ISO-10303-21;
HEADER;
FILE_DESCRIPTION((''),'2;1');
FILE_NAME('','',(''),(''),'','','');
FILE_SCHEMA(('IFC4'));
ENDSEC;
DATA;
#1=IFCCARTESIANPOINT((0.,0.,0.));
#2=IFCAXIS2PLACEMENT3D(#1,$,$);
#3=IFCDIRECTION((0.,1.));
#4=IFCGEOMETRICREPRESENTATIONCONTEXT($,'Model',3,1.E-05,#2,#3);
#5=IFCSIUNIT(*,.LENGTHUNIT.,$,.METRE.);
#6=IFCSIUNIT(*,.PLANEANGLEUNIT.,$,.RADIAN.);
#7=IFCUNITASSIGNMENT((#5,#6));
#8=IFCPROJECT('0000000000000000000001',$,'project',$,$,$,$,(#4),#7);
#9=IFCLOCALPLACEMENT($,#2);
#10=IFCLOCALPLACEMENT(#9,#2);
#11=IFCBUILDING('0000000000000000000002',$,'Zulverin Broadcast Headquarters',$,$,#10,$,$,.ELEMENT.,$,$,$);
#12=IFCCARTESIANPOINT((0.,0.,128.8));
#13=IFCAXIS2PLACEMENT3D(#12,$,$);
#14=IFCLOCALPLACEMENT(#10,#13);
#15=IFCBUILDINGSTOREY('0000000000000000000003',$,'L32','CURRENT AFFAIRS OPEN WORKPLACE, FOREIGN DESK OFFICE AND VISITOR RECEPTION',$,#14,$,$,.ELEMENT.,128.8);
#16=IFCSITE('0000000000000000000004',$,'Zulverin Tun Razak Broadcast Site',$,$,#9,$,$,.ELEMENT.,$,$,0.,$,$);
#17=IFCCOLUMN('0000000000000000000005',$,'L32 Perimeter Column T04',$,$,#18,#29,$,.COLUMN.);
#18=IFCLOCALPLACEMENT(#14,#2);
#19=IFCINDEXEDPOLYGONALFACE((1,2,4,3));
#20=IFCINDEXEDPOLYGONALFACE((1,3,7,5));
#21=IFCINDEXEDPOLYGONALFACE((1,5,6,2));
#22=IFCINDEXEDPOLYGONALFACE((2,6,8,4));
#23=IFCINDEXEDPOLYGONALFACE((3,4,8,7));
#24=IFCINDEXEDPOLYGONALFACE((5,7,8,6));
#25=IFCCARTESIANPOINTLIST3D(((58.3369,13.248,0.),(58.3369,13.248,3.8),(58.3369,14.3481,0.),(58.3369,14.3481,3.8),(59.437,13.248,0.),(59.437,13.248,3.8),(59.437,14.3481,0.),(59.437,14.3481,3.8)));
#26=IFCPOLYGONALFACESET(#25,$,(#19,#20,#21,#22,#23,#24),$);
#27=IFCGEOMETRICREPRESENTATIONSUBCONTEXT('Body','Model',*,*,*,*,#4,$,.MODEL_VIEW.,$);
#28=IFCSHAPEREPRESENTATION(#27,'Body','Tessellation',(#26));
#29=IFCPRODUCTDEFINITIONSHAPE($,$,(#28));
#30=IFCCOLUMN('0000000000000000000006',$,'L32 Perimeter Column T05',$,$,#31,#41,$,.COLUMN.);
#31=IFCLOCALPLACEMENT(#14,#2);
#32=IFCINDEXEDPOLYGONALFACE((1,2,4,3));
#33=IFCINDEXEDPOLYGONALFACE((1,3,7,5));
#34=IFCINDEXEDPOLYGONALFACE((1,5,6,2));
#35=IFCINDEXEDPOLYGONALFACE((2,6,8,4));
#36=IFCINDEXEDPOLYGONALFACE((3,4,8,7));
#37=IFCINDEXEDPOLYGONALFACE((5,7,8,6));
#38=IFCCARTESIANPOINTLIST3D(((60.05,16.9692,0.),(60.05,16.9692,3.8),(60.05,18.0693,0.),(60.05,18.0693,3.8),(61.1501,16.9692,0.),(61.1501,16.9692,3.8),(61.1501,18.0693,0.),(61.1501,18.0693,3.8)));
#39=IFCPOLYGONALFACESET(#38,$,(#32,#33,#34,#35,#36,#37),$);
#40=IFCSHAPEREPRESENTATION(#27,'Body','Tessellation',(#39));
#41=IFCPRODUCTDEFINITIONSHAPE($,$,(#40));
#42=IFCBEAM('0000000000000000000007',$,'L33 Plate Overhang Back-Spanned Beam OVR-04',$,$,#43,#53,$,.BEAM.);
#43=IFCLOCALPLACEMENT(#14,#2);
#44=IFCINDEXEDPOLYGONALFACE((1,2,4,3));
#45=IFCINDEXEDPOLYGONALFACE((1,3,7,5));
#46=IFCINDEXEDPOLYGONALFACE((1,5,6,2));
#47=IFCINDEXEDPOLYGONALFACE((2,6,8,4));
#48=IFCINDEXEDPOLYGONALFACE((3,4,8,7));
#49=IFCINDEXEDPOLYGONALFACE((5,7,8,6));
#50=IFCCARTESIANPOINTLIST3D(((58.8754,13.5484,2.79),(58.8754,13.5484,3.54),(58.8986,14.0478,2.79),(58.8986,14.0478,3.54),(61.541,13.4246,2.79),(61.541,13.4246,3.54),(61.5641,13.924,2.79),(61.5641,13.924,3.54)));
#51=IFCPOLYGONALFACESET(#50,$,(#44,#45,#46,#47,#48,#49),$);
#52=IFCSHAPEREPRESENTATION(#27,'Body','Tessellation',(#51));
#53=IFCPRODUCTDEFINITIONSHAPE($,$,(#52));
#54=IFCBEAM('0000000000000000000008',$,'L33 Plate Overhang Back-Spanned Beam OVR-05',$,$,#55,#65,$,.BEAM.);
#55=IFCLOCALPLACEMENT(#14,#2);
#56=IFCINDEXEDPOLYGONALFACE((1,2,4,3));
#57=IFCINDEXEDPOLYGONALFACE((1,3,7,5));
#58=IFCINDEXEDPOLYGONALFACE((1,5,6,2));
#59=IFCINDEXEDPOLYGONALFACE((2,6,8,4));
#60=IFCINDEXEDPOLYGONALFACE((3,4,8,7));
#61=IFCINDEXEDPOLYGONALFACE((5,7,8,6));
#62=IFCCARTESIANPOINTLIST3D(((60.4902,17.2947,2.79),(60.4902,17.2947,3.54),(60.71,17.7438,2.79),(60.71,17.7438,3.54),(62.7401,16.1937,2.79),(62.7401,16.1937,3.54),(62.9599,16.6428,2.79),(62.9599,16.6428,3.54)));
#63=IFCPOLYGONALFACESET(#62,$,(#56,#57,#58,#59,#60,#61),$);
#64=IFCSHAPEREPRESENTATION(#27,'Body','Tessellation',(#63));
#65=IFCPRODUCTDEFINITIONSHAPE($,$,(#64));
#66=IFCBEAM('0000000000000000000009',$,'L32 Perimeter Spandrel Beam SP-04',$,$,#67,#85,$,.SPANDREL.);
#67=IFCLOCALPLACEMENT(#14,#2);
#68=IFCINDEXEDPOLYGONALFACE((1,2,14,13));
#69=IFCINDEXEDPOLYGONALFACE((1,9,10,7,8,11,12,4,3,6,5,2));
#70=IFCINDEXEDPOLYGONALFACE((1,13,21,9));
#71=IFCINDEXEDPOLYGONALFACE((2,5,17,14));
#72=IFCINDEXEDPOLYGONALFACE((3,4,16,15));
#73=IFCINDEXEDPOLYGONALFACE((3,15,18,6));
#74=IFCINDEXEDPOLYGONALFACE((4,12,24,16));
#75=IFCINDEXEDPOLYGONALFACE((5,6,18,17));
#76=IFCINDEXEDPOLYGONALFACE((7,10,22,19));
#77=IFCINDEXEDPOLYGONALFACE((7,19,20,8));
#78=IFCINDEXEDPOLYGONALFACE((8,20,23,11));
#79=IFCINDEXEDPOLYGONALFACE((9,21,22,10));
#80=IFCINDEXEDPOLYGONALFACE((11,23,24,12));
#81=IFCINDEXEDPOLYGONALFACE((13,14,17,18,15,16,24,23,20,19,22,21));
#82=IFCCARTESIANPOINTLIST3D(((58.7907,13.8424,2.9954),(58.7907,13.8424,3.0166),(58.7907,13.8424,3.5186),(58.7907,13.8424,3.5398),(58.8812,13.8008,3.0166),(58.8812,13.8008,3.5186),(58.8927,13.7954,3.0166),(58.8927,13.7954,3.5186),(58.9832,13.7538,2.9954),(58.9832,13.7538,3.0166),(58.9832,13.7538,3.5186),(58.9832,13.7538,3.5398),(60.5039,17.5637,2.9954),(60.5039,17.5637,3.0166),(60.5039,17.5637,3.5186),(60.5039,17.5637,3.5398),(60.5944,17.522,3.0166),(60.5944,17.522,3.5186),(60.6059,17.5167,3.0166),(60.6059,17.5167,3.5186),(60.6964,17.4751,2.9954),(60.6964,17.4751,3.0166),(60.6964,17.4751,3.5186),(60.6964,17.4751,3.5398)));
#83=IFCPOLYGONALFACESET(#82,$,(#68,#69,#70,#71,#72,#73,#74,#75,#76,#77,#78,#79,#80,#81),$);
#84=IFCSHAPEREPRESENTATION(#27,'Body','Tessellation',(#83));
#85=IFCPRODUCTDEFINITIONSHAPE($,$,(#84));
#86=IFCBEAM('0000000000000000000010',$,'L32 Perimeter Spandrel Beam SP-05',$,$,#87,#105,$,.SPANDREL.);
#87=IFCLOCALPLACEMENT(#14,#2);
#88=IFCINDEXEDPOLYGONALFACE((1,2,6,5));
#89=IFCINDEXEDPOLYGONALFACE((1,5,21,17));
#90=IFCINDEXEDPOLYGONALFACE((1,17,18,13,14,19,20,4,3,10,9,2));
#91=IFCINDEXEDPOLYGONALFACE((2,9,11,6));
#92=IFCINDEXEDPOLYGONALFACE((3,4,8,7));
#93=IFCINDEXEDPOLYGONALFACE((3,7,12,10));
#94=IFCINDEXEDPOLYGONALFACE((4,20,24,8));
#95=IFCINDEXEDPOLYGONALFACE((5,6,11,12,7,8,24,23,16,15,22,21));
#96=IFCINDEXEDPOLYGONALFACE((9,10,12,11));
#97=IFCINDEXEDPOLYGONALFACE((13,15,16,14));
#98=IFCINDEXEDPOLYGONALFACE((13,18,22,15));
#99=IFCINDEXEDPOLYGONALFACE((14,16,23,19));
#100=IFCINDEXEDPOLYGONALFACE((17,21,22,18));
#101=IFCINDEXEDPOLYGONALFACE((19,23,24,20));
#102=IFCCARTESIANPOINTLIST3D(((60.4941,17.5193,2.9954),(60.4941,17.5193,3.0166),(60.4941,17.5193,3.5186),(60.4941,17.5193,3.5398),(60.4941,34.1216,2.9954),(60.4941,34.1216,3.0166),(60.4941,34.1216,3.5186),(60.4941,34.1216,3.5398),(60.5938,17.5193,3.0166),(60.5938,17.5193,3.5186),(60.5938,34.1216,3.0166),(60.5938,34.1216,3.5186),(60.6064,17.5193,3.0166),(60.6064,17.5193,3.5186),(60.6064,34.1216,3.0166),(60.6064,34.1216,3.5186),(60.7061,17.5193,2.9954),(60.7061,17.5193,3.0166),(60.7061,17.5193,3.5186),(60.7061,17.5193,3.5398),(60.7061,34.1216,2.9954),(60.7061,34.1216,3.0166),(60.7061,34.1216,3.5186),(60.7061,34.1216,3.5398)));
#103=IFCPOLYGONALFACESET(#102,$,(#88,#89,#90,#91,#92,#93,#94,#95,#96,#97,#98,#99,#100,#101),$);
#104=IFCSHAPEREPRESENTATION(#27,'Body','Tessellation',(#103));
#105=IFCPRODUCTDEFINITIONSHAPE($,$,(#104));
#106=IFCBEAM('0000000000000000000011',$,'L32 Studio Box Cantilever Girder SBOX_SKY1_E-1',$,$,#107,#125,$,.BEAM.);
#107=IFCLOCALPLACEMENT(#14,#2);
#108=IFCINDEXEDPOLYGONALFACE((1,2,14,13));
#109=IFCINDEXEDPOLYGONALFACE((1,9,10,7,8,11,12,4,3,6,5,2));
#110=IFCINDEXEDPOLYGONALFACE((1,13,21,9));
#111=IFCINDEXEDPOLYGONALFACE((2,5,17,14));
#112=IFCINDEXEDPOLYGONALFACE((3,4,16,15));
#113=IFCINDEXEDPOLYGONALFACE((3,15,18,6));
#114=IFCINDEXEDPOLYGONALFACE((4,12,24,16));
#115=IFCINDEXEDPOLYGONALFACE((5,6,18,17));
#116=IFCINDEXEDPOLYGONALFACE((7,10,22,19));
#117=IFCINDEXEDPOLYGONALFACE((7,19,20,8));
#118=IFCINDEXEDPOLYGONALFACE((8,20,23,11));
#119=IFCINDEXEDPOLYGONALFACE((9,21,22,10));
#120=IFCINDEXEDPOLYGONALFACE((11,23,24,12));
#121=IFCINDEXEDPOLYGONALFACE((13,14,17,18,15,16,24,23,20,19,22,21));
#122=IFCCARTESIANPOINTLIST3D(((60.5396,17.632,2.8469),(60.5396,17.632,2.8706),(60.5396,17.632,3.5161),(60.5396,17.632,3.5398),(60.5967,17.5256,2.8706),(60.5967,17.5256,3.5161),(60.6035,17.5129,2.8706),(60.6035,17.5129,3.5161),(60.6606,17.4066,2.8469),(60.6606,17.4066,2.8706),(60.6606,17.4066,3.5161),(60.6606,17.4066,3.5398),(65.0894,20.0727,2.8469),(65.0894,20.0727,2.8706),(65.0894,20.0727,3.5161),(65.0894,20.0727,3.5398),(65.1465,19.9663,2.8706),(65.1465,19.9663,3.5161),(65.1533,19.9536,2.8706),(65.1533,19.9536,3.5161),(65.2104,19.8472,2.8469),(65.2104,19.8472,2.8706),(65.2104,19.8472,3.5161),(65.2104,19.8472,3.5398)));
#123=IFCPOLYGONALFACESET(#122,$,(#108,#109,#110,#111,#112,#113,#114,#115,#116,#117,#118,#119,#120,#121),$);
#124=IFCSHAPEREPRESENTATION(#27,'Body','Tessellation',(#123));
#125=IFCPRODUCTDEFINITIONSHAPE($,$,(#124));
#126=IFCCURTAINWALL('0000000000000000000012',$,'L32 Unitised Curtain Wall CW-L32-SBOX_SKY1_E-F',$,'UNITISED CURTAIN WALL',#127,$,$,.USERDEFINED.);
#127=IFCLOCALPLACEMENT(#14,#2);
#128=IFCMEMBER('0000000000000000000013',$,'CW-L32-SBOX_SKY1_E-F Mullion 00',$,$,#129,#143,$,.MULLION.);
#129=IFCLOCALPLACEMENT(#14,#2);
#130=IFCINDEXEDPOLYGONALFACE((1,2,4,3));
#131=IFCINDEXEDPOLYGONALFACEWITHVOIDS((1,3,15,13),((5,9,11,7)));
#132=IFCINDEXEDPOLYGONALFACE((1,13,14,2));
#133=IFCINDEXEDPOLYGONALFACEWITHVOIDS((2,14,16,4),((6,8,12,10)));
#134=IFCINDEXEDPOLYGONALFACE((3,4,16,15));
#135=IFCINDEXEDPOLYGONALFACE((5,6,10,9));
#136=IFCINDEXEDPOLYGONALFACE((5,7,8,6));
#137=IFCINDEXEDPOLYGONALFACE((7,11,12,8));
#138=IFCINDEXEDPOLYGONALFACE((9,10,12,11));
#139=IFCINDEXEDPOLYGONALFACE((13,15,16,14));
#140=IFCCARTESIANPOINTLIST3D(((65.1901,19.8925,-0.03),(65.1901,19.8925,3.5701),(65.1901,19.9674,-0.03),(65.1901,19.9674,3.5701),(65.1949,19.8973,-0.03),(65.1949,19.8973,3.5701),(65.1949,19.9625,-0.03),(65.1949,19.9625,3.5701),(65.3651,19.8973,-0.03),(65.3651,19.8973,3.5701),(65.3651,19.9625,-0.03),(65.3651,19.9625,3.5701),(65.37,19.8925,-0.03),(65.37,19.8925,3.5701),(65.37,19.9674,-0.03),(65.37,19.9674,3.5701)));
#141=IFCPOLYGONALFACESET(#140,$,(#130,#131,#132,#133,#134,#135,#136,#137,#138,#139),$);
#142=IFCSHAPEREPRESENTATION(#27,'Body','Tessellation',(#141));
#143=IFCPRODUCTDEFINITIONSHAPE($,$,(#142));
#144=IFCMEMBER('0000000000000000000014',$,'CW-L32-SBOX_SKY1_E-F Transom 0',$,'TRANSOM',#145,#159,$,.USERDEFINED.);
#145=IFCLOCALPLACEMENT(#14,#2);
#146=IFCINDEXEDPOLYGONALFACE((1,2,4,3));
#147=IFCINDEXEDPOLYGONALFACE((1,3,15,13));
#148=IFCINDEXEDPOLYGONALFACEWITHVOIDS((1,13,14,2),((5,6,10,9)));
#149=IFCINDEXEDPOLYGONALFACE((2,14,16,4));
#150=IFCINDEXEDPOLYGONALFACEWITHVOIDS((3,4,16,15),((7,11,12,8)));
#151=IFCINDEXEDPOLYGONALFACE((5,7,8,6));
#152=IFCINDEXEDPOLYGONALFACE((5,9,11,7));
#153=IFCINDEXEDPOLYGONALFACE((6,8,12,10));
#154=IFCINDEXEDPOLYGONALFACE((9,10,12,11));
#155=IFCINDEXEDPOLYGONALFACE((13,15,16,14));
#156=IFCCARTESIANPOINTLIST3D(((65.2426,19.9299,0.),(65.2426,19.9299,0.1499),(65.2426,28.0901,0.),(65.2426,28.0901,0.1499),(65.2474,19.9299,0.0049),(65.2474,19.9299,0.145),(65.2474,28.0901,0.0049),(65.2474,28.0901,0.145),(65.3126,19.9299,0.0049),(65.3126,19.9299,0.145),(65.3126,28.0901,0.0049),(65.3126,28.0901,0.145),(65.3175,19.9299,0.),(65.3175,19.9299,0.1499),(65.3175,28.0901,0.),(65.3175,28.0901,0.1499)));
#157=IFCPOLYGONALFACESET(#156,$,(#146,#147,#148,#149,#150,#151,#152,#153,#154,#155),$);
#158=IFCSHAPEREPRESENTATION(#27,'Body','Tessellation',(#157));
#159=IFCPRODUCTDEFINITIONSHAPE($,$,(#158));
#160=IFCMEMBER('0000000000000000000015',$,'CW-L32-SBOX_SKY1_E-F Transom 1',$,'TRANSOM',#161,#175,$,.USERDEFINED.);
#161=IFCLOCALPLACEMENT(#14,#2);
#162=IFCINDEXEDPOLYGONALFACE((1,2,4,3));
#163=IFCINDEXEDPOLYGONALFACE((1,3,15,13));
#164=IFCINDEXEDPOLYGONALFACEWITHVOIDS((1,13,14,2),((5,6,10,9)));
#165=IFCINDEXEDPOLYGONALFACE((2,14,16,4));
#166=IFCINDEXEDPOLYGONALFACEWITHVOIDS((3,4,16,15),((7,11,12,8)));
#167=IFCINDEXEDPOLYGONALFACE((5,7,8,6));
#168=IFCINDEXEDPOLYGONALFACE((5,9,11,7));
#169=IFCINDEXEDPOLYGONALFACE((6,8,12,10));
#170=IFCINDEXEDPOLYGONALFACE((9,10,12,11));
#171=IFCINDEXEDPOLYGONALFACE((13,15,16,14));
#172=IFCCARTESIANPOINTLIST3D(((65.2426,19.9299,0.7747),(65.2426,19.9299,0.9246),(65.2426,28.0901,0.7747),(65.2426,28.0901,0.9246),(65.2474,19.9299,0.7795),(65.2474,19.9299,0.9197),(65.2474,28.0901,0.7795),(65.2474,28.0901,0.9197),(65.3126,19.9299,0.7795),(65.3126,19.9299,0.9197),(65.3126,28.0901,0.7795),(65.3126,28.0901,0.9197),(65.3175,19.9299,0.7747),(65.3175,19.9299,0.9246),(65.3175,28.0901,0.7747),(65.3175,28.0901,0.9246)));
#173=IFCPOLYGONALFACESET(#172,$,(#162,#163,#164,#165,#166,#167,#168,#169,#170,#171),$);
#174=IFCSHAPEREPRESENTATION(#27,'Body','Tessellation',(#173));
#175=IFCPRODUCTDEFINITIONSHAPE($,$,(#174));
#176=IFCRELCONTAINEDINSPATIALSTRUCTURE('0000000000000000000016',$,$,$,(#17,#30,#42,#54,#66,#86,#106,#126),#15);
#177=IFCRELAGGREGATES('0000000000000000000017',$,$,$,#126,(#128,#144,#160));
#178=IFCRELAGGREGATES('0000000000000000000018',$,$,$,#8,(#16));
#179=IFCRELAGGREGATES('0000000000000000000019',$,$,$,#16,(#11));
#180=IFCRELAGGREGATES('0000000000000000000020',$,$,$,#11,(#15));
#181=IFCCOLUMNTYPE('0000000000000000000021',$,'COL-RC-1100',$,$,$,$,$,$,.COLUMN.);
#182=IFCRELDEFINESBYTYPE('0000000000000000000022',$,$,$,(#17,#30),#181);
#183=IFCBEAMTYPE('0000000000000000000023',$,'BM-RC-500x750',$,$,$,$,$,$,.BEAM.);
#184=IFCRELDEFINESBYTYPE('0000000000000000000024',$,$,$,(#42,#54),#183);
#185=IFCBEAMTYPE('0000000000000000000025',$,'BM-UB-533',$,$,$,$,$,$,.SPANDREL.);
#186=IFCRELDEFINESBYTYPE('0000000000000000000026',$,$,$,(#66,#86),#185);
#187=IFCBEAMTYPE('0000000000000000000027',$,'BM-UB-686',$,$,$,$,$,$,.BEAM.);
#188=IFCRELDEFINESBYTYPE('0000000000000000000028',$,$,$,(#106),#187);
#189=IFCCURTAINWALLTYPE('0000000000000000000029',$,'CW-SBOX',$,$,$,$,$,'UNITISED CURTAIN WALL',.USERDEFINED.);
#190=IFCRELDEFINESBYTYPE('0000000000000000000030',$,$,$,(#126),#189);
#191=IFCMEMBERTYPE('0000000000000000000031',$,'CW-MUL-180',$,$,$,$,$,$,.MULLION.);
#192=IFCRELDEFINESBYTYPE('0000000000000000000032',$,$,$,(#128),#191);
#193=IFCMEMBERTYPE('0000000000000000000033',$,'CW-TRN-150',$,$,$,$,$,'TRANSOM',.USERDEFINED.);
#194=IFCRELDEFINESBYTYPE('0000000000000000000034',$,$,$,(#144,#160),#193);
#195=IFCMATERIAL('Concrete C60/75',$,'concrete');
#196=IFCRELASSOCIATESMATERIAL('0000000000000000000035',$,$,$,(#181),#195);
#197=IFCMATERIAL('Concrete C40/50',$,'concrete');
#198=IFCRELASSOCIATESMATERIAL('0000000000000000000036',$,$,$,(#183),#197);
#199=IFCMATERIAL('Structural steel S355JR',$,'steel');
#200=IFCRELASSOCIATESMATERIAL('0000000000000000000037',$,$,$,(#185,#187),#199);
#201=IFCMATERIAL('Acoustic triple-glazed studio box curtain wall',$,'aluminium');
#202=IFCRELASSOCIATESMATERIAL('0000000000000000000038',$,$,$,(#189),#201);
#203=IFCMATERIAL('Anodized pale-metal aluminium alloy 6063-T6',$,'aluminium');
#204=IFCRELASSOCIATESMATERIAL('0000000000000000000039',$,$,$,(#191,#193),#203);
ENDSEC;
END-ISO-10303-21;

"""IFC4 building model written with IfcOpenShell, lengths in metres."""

from ifc_helpers import new_model, si_unit, direction, frame, origin, origin_2d, place, context, subcontext, project, spatial, rectangle, hollow_rectangle, i_section, extrude, material, material_profile, profile_set, type_object, element, aggregate, save


model = new_model("IFC4")

# Units and contexts
model_context = context("Model", 3, precision=1e-05, world=origin(), true_north=direction((0.0, 1.0)))
body_context = subcontext(model_context, "Body", "Model", "MODEL_VIEW")
ifc_project = project(units=[si_unit("LENGTHUNIT", "METRE"), si_unit("PLANEANGLEUNIT", "RADIAN")], contexts=[model_context])

# Site, building, storey
site_placement = place(None, origin())
site = spatial("IfcSite", under=ifc_project, at=site_placement, Name="Zulverin Tun Razak Broadcast Site", CompositionType="ELEMENT", RefElevation=0.0)
building_placement = place(site_placement, origin())
building = spatial("IfcBuilding", under=site, at=building_placement, Name="Zulverin Broadcast Headquarters", CompositionType="ELEMENT")
storey_placement = place(building_placement, frame((0.0, 0.0, 128.8)))
storey = spatial("IfcBuildingStorey", under=building, at=storey_placement, Name="L32", Description="CURRENT AFFAIRS OPEN WORKPLACE, FOREIGN DESK OFFICE AND VISITOR RECEPTION", CompositionType="ELEMENT", Elevation=128.8)

# Columns
ifc_material_1 = material(Name="Concrete C60/75", Category="concrete")
ifc_material_profile_1 = material_profile(ifc_material_1, rectangle(XDim=1.1001, YDim=1.1001, at=origin_2d()), Name="Concrete C60/75", Category="concrete")
ifc_profile_set_1 = profile_set([ifc_material_profile_1], Name="Concrete C60/75")
column_type = type_object("IfcColumnType", Name="COL-RC-1100", PredefinedType="COLUMN", material=ifc_profile_set_1)
for number, where, z_axis, x_axis, name in (
    (1, (58.887, 13.7981, 0.0), (0.0, 0.0, 1.0), (1.0, 0.0, 0.0), "L32 Perimeter Column T04"),
    (2, (60.6001, 17.5193, 0.0), (0.0, 0.0, 1.0), (1.0, 0.0, 0.0), "L32 Perimeter Column T05"),
):
    element("IfcColumn", number, at=place(storey_placement, frame(where, z_axis=z_axis, x_axis=x_axis)), inside=storey, type_object=column_type, Name=name, PredefinedType="COLUMN", context=body_context, shape_type="SweptSolid", body=[
        extrude(rectangle(XDim=1.1001, YDim=1.1001, at=origin_2d()), origin(), (0.0, 0.0, 1.0), 3.8),
    ])

# Beams
ifc_material_2 = material(Name="Concrete C40/50", Category="concrete")
ifc_material_profile_2 = material_profile(ifc_material_2, rectangle(XDim=0.5, YDim=0.75, at=origin_2d()), Name="Concrete C40/50", Category="concrete")
ifc_profile_set_2 = profile_set([ifc_material_profile_2], Name="Concrete C40/50")
beam_type_1 = type_object("IfcBeamType", Name="BM-RC-500x750", PredefinedType="BEAM", material=ifc_profile_set_2)
beam_1_placement = place(storey_placement, frame((58.887, 13.7981, 3.165), z_axis=(0.998924, -0.046387, 0.0), x_axis=(0.046387, 0.998924, 0.0)))
element("IfcBeam", 3, at=beam_1_placement, inside=storey, type_object=beam_type_1, Name="L33 Plate Overhang Back-Spanned Beam OVR-04", PredefinedType="BEAM", context=body_context, shape_type="SweptSolid", body=[
    extrude(rectangle(XDim=0.5, YDim=0.75, at=origin_2d()), origin(), (0.0, 0.0, 1.0), 2.6685),
])
beam_2_placement = place(storey_placement, frame((60.6001, 17.5193, 3.165), z_axis=(0.898215, -0.439556, 0.0), x_axis=(0.439556, 0.898215, 0.0)))
element("IfcBeam", 4, at=beam_2_placement, inside=storey, type_object=beam_type_1, Name="L33 Plate Overhang Back-Spanned Beam OVR-05", PredefinedType="BEAM", context=body_context, shape_type="SweptSolid", body=[
    extrude(rectangle(XDim=0.5, YDim=0.75, at=origin_2d()), origin(), (0.0, 0.0, 1.0), 2.5049),
])
ifc_material_3 = material(Name="Structural steel S355JR", Category="steel")
ifc_material_profile_3 = material_profile(ifc_material_3, i_section(OverallWidth=0.2119, OverallDepth=0.5444, WebThickness=0.0127, FlangeThickness=0.0212, at=origin_2d()), Name="Structural steel S355JR", Category="steel")
ifc_profile_set_3 = profile_set([ifc_material_profile_3], Name="Structural steel S355JR")
beam_type_2 = type_object("IfcBeamType", Name="BM-UB-533", PredefinedType="SPANDREL", material=ifc_profile_set_3)
beam_3_placement = place(storey_placement, frame((58.887, 13.7981, 3.2676), z_axis=(0.418185, 0.908362, 0.0), x_axis=(-0.908362, 0.418185, 0.0)))
element("IfcBeam", 5, at=beam_3_placement, inside=storey, type_object=beam_type_2, Name="L32 Perimeter Spandrel Beam SP-04", PredefinedType="SPANDREL", context=body_context, shape_type="SweptSolid", body=[
    extrude(i_section(OverallWidth=0.2119, OverallDepth=0.5444, WebThickness=0.0127, FlangeThickness=0.0212, at=origin_2d()), origin(), (0.0, 0.0, 1.0), 4.0967),
])
beam_4_placement = place(storey_placement, frame((60.6001, 17.5193, 3.2676), z_axis=(0.0, 1.0, 0.0), x_axis=(-1.0, 0.0, 0.0)))
element("IfcBeam", 6, at=beam_4_placement, inside=storey, type_object=beam_type_2, Name="L32 Perimeter Spandrel Beam SP-05", PredefinedType="SPANDREL", context=body_context, shape_type="SweptSolid", body=[
    extrude(i_section(OverallWidth=0.2119, OverallDepth=0.5444, WebThickness=0.0127, FlangeThickness=0.0212, at=origin_2d()), origin(), (0.0, 0.0, 1.0), 16.6023),
])
ifc_material_profile_4 = material_profile(ifc_material_3, i_section(OverallWidth=0.2559, OverallDepth=0.6929, WebThickness=0.0144, FlangeThickness=0.0237, at=origin_2d()), Name="Structural steel S355JR", Category="steel")
ifc_profile_set_4 = profile_set([ifc_material_profile_4], Name="Structural steel S355JR")
beam_type_3 = type_object("IfcBeamType", Name="BM-UB-686", PredefinedType="BEAM", material=ifc_profile_set_4)
beam_5_placement = place(storey_placement, frame((60.6001, 17.5193, 3.1934), z_axis=(0.881216, 0.472715, 0.0), x_axis=(-0.472715, 0.881216, 0.0)))
element("IfcBeam", 7, at=beam_5_placement, inside=storey, type_object=beam_type_3, Name="L32 Studio Box Cantilever Girder SBOX_SKY1_E-1", PredefinedType="BEAM", context=body_context, shape_type="SweptSolid", body=[
    extrude(i_section(OverallWidth=0.2559, OverallDepth=0.6929, WebThickness=0.0144, FlangeThickness=0.0237, at=origin_2d()), origin(), (0.0, 0.0, 1.0), 5.1631),
])

# Curtain wall, members
ifc_material_4 = material(Name="Acoustic triple-glazed studio box curtain wall", Category="aluminium")
curtain_wall_type = type_object("IfcCurtainWallType", Name="CW-SBOX", ElementType="UNITISED CURTAIN WALL", PredefinedType="USERDEFINED", material=ifc_material_4)
curtain_wall_placement = place(storey_placement, origin())
curtain_wall = element("IfcCurtainWall", 8, at=curtain_wall_placement, inside=storey, type_object=curtain_wall_type, Name="L32 Unitised Curtain Wall CW-L32-SBOX_SKY1_E-F", ObjectType="UNITISED CURTAIN WALL", PredefinedType="USERDEFINED")
ifc_material_5 = material(Name="Anodized pale-metal aluminium alloy 6063-T6", Category="aluminium")
ifc_material_profile_5 = material_profile(ifc_material_5, hollow_rectangle(XDim=0.075, YDim=0.1799, WallThickness=0.0049, at=origin_2d()), Name="Anodized pale-metal aluminium alloy 6063-T6", Category="aluminium")
ifc_profile_set_5 = profile_set([ifc_material_profile_5], Name="Anodized pale-metal aluminium alloy 6063-T6")
member_type_1 = type_object("IfcMemberType", Name="CW-MUL-180", PredefinedType="MULLION", material=ifc_profile_set_5)
member_1_placement = place(storey_placement, frame((65.28, 19.9299, -0.03), z_axis=(0.0, 0.0, 1.0), x_axis=(0.0, 1.0, 0.0)))
member_1 = element("IfcMember", 9, at=member_1_placement, type_object=member_type_1, Name="CW-L32-SBOX_SKY1_E-F Mullion 00", PredefinedType="MULLION", context=body_context, shape_type="SweptSolid", body=[
    extrude(hollow_rectangle(XDim=0.075, YDim=0.1799, WallThickness=0.0049, at=origin_2d()), origin(), (0.0, 0.0, 1.0), 3.6001),
])
ifc_material_profile_6 = material_profile(ifc_material_5, hollow_rectangle(XDim=0.075, YDim=0.1499, WallThickness=0.0049, at=origin_2d()), Name="Anodized pale-metal aluminium alloy 6063-T6", Category="aluminium")
ifc_profile_set_6 = profile_set([ifc_material_profile_6], Name="Anodized pale-metal aluminium alloy 6063-T6")
member_type_2 = type_object("IfcMemberType", Name="CW-TRN-150", ElementType="TRANSOM", PredefinedType="USERDEFINED", material=ifc_profile_set_6)
member_2_placement = place(storey_placement, frame((65.28, 19.9299, 0.075), z_axis=(0.0, 1.0, 0.0), x_axis=(-1.0, 0.0, 0.0)))
member_2 = element("IfcMember", 10, at=member_2_placement, type_object=member_type_2, Name="CW-L32-SBOX_SKY1_E-F Transom 0", ObjectType="TRANSOM", PredefinedType="USERDEFINED", context=body_context, shape_type="SweptSolid", body=[
    extrude(hollow_rectangle(XDim=0.075, YDim=0.1499, WallThickness=0.0049, at=origin_2d()), origin(), (0.0, 0.0, 1.0), 8.1602),
])
member_3_placement = place(storey_placement, frame((65.28, 19.9299, 0.8496), z_axis=(0.0, 1.0, 0.0), x_axis=(-1.0, 0.0, 0.0)))
member_3 = element("IfcMember", 11, at=member_3_placement, type_object=member_type_2, Name="CW-L32-SBOX_SKY1_E-F Transom 1", ObjectType="TRANSOM", PredefinedType="USERDEFINED", context=body_context, shape_type="SweptSolid", body=[
    extrude(hollow_rectangle(XDim=0.075, YDim=0.1499, WallThickness=0.0049, at=origin_2d()), origin(), (0.0, 0.0, 1.0), 8.1602),
])
aggregate(curtain_wall, [member_1, member_2, member_3])

save(model, "model.ifc")
